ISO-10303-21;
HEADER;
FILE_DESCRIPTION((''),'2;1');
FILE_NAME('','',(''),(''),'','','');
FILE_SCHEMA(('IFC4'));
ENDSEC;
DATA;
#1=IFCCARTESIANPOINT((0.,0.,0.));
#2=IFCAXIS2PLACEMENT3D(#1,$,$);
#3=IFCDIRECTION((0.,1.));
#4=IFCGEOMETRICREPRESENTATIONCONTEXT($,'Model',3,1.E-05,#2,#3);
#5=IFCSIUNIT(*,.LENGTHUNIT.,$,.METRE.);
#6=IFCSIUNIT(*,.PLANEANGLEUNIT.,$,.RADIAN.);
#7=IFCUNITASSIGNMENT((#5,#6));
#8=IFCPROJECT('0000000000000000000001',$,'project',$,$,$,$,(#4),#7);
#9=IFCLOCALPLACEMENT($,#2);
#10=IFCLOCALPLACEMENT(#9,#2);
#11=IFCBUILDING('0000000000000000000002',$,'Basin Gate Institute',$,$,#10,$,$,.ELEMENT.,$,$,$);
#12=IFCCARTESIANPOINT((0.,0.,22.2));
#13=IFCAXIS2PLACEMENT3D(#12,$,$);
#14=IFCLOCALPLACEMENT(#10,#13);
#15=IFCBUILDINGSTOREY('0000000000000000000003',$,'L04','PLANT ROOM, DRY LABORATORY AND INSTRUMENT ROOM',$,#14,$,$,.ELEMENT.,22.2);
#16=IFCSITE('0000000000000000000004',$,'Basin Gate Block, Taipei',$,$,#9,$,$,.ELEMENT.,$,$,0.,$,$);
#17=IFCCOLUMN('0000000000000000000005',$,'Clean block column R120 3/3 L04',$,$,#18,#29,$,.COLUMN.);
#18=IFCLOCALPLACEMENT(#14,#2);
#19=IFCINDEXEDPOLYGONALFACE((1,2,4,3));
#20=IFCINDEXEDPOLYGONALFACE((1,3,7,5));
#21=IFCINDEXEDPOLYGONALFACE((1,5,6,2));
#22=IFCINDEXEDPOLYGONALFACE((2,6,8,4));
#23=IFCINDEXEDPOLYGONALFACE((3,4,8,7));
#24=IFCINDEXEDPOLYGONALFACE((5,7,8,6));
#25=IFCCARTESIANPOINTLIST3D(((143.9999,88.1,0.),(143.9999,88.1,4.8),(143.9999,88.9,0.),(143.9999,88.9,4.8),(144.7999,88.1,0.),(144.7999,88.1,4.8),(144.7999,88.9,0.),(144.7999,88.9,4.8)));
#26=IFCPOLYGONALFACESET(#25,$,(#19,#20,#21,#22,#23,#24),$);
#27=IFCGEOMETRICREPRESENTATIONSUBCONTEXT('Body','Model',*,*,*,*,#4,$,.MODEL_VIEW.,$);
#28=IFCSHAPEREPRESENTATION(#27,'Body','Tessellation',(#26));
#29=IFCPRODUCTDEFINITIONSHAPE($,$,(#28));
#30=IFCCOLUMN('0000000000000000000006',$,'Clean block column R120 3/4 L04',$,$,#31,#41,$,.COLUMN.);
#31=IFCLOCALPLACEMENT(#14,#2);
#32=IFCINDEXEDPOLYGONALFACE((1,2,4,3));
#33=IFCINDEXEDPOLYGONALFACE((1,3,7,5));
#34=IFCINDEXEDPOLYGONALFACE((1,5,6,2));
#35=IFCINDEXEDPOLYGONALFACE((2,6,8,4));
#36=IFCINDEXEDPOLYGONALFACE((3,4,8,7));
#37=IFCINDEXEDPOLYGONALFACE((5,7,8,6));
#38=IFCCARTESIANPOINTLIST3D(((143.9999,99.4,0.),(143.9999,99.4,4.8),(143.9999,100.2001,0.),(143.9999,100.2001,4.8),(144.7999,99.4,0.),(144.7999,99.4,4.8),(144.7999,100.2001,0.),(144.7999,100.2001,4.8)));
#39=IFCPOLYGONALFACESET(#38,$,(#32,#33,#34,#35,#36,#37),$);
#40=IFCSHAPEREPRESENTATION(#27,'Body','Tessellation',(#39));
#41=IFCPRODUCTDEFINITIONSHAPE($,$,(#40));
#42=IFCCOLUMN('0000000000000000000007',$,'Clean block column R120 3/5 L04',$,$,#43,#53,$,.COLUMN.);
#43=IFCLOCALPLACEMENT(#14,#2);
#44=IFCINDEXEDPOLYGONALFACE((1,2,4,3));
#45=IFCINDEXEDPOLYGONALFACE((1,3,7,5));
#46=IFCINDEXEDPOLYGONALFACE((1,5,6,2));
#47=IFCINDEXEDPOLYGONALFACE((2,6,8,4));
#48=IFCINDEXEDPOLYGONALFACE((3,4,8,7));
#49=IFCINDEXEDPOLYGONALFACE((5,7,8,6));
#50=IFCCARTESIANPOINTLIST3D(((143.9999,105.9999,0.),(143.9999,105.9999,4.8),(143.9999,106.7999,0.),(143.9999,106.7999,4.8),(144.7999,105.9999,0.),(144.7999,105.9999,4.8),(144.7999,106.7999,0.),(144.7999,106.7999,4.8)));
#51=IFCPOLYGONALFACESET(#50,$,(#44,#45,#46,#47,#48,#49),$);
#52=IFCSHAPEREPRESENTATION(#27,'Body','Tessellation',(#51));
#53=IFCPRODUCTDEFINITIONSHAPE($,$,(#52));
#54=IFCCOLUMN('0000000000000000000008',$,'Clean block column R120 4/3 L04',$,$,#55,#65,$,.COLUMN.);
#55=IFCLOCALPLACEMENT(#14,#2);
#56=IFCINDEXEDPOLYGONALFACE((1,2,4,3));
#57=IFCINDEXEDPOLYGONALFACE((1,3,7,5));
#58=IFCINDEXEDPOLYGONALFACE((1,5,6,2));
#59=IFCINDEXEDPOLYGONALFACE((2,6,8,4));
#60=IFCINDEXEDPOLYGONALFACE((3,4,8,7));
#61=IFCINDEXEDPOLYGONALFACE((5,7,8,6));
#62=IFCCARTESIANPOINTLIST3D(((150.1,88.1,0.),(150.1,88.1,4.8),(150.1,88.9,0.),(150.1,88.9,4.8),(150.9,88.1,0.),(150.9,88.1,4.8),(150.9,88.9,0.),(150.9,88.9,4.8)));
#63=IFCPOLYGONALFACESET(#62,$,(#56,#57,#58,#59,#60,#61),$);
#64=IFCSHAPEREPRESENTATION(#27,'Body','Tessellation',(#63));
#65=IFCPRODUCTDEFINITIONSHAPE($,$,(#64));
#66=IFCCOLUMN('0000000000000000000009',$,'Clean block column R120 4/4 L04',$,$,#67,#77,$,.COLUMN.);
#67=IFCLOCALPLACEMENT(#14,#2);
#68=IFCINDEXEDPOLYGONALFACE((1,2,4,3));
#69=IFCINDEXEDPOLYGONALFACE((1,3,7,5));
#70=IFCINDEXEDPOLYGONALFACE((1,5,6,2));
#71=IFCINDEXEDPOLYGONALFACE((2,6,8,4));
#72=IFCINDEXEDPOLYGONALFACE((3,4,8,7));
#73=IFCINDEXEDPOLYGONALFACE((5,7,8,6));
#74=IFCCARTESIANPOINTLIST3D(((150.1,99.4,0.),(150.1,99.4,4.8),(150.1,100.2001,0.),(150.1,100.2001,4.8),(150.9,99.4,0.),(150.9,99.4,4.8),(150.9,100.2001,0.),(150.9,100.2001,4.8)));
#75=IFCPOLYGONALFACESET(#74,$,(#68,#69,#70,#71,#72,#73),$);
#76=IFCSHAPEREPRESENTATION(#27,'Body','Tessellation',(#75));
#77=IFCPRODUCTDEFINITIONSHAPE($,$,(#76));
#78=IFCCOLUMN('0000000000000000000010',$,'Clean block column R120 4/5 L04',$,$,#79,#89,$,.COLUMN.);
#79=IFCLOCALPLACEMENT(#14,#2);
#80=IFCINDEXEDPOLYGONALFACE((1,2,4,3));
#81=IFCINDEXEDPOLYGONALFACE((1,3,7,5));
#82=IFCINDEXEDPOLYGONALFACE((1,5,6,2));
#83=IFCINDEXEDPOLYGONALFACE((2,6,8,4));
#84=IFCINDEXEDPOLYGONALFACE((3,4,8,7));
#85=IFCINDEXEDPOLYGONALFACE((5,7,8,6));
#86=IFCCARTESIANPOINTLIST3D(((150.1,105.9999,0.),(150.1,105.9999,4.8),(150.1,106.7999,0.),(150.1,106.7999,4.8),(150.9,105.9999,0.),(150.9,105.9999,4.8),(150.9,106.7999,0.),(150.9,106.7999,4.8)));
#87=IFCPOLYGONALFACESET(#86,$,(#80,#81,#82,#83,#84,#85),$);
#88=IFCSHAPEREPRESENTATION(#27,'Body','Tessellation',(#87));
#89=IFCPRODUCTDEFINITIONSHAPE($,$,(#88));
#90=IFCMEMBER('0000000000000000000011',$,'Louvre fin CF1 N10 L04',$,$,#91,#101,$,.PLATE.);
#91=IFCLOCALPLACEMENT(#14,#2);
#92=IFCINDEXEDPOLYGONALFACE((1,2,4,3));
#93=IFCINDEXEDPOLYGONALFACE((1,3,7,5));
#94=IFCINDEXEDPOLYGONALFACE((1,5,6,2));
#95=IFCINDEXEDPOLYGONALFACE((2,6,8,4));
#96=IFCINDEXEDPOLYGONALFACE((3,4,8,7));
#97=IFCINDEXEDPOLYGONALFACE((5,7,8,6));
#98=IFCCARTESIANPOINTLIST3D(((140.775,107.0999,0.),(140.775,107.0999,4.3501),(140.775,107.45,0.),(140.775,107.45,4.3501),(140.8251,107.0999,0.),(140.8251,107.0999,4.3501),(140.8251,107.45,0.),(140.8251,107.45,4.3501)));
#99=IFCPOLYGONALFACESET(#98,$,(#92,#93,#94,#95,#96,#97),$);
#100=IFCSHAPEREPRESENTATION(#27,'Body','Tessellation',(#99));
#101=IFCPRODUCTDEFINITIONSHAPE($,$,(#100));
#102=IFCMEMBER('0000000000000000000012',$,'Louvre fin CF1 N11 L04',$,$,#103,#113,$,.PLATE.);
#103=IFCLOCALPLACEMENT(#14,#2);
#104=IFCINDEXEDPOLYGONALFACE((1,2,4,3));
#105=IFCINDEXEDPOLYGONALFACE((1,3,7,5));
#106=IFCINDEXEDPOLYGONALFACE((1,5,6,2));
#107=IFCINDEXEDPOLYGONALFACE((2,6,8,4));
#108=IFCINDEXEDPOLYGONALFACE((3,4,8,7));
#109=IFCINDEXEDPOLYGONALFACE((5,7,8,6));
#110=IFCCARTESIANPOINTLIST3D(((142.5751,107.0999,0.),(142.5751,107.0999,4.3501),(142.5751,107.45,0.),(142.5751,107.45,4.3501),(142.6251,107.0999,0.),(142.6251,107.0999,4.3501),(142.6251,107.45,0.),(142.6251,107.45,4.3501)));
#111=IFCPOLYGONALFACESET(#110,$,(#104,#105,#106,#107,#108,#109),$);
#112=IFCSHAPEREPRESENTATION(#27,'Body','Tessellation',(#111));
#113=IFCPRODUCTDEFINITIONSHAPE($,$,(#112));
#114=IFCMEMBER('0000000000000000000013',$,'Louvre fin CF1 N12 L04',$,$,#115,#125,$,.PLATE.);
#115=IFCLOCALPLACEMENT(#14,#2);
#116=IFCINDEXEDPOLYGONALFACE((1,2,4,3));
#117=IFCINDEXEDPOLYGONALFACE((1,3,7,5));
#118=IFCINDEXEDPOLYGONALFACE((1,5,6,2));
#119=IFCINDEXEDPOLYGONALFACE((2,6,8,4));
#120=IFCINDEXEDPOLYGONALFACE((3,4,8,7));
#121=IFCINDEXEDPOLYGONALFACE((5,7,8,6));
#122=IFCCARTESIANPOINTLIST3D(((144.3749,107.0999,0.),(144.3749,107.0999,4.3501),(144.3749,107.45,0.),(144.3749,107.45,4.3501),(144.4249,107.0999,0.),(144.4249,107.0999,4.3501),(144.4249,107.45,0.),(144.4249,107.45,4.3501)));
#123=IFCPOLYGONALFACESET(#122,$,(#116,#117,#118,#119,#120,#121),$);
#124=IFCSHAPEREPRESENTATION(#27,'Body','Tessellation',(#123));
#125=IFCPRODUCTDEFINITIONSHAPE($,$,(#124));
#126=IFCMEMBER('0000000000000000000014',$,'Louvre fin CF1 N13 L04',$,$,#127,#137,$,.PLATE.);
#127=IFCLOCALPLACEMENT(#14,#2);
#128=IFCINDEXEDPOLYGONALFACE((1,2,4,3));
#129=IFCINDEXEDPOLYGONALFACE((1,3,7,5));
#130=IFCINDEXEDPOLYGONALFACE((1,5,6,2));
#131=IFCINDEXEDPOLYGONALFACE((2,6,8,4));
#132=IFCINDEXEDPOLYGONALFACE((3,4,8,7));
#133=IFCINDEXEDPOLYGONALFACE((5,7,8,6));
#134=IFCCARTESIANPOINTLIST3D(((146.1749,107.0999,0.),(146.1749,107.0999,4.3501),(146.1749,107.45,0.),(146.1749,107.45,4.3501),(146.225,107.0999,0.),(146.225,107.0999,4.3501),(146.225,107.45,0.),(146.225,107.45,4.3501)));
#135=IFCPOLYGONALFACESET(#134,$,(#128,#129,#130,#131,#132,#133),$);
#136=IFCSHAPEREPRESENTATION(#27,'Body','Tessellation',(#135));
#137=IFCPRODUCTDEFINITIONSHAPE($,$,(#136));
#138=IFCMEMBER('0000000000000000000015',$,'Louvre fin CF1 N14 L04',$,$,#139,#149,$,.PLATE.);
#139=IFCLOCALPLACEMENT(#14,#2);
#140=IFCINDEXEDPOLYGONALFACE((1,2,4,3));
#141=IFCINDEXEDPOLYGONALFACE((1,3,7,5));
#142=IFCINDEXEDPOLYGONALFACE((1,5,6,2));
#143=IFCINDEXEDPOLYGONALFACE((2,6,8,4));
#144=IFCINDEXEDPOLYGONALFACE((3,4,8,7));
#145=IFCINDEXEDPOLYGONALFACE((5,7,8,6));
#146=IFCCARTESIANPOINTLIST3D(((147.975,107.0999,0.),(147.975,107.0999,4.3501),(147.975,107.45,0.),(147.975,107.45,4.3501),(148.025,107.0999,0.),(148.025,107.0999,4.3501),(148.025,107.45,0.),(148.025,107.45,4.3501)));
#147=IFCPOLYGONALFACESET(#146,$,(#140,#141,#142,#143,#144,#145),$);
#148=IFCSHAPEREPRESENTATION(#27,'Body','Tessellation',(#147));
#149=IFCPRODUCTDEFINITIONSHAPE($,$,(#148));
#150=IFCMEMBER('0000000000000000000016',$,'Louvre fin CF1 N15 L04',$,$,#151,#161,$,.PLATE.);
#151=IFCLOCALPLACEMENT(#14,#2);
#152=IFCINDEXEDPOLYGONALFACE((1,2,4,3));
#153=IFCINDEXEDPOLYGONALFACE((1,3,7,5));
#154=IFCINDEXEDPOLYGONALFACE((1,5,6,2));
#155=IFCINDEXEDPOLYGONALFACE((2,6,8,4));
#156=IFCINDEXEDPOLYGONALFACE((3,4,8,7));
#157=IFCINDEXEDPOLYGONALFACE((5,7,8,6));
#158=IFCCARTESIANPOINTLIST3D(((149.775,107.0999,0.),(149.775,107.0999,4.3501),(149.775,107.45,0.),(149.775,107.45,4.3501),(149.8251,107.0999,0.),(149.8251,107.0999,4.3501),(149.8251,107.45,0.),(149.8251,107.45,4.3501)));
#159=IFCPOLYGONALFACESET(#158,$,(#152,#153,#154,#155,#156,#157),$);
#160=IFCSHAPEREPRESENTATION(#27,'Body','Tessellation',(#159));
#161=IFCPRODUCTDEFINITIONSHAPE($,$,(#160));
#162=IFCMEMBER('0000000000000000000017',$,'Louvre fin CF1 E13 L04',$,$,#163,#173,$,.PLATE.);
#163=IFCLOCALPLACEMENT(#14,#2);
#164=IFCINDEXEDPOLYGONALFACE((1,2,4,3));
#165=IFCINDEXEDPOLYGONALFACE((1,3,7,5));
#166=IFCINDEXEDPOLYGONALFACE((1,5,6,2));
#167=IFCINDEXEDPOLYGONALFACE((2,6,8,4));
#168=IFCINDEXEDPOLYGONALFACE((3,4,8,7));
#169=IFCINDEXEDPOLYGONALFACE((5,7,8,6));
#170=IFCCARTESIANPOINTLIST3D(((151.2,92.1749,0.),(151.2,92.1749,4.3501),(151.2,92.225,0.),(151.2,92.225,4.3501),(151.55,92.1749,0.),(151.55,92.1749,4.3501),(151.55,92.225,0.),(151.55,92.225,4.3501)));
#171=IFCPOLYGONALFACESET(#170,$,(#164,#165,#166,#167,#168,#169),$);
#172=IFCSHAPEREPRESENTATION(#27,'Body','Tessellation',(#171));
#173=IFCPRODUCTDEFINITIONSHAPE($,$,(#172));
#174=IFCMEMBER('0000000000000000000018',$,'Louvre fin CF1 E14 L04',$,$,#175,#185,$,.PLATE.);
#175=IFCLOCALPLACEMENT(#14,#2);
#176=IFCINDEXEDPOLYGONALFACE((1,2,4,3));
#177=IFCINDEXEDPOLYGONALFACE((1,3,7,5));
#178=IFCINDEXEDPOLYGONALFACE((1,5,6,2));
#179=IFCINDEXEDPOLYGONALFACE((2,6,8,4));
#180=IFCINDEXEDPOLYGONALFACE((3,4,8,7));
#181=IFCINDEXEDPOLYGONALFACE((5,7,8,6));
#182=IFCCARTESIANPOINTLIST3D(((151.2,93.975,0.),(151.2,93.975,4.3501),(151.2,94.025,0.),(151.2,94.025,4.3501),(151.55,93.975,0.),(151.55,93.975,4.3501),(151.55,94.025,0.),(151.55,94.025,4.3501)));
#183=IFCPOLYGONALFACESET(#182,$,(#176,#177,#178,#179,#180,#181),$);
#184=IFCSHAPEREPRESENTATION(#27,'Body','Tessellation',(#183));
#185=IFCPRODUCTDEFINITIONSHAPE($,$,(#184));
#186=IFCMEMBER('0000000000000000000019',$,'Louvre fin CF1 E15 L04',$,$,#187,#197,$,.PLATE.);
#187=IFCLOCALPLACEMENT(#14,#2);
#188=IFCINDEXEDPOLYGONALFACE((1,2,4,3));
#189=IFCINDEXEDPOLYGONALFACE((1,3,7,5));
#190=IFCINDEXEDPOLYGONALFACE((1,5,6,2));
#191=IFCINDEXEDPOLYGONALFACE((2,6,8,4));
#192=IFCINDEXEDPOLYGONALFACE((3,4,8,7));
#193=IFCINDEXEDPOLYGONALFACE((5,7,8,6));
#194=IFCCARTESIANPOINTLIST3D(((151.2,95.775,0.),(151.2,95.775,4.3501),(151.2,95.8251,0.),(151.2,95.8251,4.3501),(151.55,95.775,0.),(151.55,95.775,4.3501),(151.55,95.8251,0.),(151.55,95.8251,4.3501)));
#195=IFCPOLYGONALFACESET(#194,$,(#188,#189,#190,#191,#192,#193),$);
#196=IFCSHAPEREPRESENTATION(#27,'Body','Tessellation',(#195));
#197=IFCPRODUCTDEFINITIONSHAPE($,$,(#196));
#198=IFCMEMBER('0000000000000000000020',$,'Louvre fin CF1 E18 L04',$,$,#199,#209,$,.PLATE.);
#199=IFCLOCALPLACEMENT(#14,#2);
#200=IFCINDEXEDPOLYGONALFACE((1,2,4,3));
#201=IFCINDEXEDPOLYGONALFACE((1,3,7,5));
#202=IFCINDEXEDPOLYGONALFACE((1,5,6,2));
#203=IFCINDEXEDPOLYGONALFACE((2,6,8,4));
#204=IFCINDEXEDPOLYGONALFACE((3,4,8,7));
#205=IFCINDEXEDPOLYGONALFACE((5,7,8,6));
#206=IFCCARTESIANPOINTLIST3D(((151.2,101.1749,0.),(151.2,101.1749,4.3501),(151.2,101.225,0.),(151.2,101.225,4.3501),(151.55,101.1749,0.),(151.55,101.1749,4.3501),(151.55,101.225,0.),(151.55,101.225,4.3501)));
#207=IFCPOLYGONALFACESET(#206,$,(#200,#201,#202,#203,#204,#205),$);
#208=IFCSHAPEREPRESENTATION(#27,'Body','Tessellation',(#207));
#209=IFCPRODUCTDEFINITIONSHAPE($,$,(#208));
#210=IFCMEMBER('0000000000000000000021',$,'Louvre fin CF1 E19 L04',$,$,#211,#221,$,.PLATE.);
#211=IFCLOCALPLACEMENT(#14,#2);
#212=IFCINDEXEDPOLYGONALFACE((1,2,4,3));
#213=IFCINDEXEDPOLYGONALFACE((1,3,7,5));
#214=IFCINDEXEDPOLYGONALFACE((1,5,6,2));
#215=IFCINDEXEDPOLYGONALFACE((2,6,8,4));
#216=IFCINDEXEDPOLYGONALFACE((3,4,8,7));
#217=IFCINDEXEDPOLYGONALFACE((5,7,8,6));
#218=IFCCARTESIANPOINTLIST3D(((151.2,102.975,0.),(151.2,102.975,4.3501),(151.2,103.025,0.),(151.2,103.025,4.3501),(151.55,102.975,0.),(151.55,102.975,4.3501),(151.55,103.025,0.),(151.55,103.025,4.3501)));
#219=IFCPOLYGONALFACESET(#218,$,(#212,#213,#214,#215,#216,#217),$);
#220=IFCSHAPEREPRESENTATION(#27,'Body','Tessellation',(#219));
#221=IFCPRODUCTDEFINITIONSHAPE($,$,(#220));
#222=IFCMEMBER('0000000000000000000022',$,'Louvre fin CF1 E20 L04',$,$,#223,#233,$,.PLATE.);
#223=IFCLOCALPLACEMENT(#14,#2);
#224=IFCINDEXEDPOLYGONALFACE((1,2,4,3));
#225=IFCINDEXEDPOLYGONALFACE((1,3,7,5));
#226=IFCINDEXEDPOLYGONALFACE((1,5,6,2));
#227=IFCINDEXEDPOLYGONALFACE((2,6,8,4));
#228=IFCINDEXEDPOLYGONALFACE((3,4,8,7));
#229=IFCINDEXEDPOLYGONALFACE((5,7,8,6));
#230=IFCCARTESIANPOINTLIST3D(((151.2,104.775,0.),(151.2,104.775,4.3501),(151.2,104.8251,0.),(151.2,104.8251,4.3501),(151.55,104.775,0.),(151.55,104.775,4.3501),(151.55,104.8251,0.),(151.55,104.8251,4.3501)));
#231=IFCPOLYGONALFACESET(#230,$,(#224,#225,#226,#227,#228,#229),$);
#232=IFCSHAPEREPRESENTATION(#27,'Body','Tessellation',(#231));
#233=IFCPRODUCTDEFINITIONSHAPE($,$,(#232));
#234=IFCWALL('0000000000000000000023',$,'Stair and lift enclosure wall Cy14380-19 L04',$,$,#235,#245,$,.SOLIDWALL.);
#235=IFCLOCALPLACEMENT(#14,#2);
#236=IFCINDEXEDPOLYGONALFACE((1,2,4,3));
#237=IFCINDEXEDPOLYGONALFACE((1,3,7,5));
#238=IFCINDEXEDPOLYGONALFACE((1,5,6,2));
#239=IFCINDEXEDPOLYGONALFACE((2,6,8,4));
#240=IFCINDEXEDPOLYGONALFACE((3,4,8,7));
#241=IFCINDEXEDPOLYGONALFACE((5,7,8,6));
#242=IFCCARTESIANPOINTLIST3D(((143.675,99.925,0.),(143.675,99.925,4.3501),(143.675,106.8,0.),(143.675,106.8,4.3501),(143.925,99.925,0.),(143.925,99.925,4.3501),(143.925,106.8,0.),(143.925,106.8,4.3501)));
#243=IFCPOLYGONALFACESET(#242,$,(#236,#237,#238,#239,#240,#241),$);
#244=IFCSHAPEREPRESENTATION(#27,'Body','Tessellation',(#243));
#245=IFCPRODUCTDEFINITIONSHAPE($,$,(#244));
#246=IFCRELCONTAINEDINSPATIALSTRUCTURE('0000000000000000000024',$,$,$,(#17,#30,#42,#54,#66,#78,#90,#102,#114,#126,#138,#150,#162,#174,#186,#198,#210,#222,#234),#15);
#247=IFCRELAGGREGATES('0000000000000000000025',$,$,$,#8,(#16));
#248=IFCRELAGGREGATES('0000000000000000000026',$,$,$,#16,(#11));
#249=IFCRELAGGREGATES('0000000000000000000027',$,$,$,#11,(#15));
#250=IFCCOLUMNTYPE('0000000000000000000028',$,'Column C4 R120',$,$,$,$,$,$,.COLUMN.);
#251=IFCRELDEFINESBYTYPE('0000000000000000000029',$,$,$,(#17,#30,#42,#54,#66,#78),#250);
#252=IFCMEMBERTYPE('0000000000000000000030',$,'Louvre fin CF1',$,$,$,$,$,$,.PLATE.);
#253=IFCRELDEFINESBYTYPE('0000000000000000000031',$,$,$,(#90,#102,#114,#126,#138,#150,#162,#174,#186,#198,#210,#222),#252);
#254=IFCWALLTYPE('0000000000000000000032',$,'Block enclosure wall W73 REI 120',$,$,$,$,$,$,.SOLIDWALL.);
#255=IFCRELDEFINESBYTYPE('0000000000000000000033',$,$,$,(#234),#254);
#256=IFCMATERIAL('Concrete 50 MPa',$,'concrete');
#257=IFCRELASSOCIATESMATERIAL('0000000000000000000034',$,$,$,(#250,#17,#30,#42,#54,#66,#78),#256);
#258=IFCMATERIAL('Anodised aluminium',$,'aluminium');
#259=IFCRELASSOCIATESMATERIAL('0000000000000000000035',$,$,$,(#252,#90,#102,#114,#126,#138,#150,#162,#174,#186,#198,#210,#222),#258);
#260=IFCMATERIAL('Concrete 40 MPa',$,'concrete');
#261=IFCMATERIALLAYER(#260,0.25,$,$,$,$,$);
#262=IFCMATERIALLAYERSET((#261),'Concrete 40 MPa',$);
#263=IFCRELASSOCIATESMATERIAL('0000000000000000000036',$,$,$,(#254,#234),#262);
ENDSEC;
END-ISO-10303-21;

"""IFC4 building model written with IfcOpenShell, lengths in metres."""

from ifc_helpers import new_model, si_unit, direction, frame, frame_2d, origin, origin_2d, place, context, subcontext, project, spatial, rectangle, extrude, material, layer, layer_set, material_profile, profile_set, type_object, element, save


model = new_model("IFC4")

# Units and contexts
model_context = context("Model", 3, precision=1e-05, world=origin(), true_north=direction((0.0, 1.0)))
body_context = subcontext(model_context, "Body", "Model", "MODEL_VIEW")
ifc_project = project(units=[si_unit("LENGTHUNIT", "METRE"), si_unit("PLANEANGLEUNIT", "RADIAN")], contexts=[model_context])

# Site, building, storey
site_placement = place(None, origin())
site = spatial("IfcSite", under=ifc_project, at=site_placement, Name="Basin Gate Block, Taipei", CompositionType="ELEMENT", RefElevation=0.0)
building_placement = place(site_placement, origin())
building = spatial("IfcBuilding", under=site, at=building_placement, Name="Basin Gate Institute", CompositionType="ELEMENT")
storey_placement = place(building_placement, frame((0.0, 0.0, 22.2)))
storey = spatial("IfcBuildingStorey", under=building, at=storey_placement, Name="L04", Description="PLANT ROOM, DRY LABORATORY AND INSTRUMENT ROOM", CompositionType="ELEMENT", Elevation=22.2)

# Columns
ifc_material_1 = material(Name="Concrete 50 MPa", Category="concrete")
ifc_material_profile_1 = material_profile(ifc_material_1, rectangle(XDim=0.8, YDim=0.8, at=origin_2d()), Name="Column C4 800 x 800")
ifc_profile_set_1 = profile_set([ifc_material_profile_1], Name="Concrete 50 MPa")
column_type = type_object("IfcColumnType", Name="Column C4 R120", PredefinedType="COLUMN", material=ifc_profile_set_1)
for number, where, z_axis, x_axis, name in (
    (1, (144.3999, 88.5, 0.0), (0.0, 0.0, 1.0), (1.0, 0.0, 0.0), "Clean block column R120 3/3 L04"),
    (2, (144.3999, 99.8, 0.0), (0.0, 0.0, 1.0), (1.0, 0.0, 0.0), "Clean block column R120 3/4 L04"),
    (3, (144.3999, 106.3999, 0.0), (0.0, 0.0, 1.0), (1.0, 0.0, 0.0), "Clean block column R120 3/5 L04"),
    (4, (150.5, 88.5, 0.0), (0.0, 0.0, 1.0), (1.0, 0.0, 0.0), "Clean block column R120 4/3 L04"),
    (5, (150.5, 99.8, 0.0), (0.0, 0.0, 1.0), (1.0, 0.0, 0.0), "Clean block column R120 4/4 L04"),
    (6, (150.5, 106.3999, 0.0), (0.0, 0.0, 1.0), (1.0, 0.0, 0.0), "Clean block column R120 4/5 L04"),
):
    element("IfcColumn", number, at=place(storey_placement, frame(where, z_axis=z_axis, x_axis=x_axis)), inside=storey, type_object=column_type, material=ifc_profile_set_1, Name=name, PredefinedType="COLUMN", context=body_context, shape_type="SweptSolid", body=[
        extrude(rectangle(XDim=0.8, YDim=0.8, at=origin_2d()), origin(), (0.0, 0.0, 1.0), 4.8),
    ])

# Members
ifc_material_2 = material(Name="Anodised aluminium", Category="aluminium")
ifc_material_profile_2 = material_profile(ifc_material_2, rectangle(XDim=0.05, YDim=0.3501, at=origin_2d()), Name="Louvre fin CF1 50 x 350")
ifc_profile_set_2 = profile_set([ifc_material_profile_2], Name="Anodised aluminium")
member_type = type_object("IfcMemberType", Name="Louvre fin CF1", PredefinedType="PLATE", material=ifc_profile_set_2)
for number, where, z_axis, x_axis, name in (
    (7, (140.8, 107.2749, 0.0), (0.0, 0.0, 1.0), (1.0, 0.0, 0.0), "Louvre fin CF1 N10 L04"),
    (8, (142.6001, 107.2749, 0.0), (0.0, 0.0, 1.0), (1.0, 0.0, 0.0), "Louvre fin CF1 N11 L04"),
    (9, (144.3999, 107.2749, 0.0), (0.0, 0.0, 1.0), (1.0, 0.0, 0.0), "Louvre fin CF1 N12 L04"),
    (10, (146.2, 107.2749, 0.0), (0.0, 0.0, 1.0), (1.0, 0.0, 0.0), "Louvre fin CF1 N13 L04"),
    (11, (148.0, 107.2749, 0.0), (0.0, 0.0, 1.0), (1.0, 0.0, 0.0), "Louvre fin CF1 N14 L04"),
    (12, (149.8, 107.2749, 0.0), (0.0, 0.0, 1.0), (1.0, 0.0, 0.0), "Louvre fin CF1 N15 L04"),
    (13, (151.375, 92.2, 0.0), (0.0, 0.0, 1.0), (0.0, 1.0, 0.0), "Louvre fin CF1 E13 L04"),
    (14, (151.375, 94.0, 0.0), (0.0, 0.0, 1.0), (0.0, 1.0, 0.0), "Louvre fin CF1 E14 L04"),
    (15, (151.375, 95.8, 0.0), (0.0, 0.0, 1.0), (0.0, 1.0, 0.0), "Louvre fin CF1 E15 L04"),
    (16, (151.375, 101.2, 0.0), (0.0, 0.0, 1.0), (0.0, 1.0, 0.0), "Louvre fin CF1 E18 L04"),
    (17, (151.375, 103.0, 0.0), (0.0, 0.0, 1.0), (0.0, 1.0, 0.0), "Louvre fin CF1 E19 L04"),
    (18, (151.375, 104.8, 0.0), (0.0, 0.0, 1.0), (0.0, 1.0, 0.0), "Louvre fin CF1 E20 L04"),
):
    element("IfcMember", number, at=place(storey_placement, frame(where, z_axis=z_axis, x_axis=x_axis)), inside=storey, type_object=member_type, material=ifc_profile_set_2, Name=name, PredefinedType="PLATE", context=body_context, shape_type="SweptSolid", body=[
        extrude(rectangle(XDim=0.05, YDim=0.3501, at=origin_2d()), origin(), (0.0, 0.0, 1.0), 4.3501),
    ])

# Wall
ifc_material_3 = material(Name="Concrete 40 MPa", Category="concrete")
ifc_layer_1 = layer(ifc_material_3, 0.25)
ifc_layer_set_1 = layer_set([ifc_layer_1], Name="Concrete 40 MPa")
wall_type_1 = type_object("IfcWallType", Name="Block enclosure wall W73 REI 120", PredefinedType="SOLIDWALL", material=ifc_layer_set_1)
wall_placement = place(storey_placement, frame((143.8, 99.925, 0.0), z_axis=(0.0, 0.0, 1.0), x_axis=(0.0, 1.0, 0.0)))
element("IfcWall", 19, at=wall_placement, inside=storey, type_object=wall_type_1, material=ifc_layer_set_1, Name="Stair and lift enclosure wall Cy14380-19 L04", PredefinedType="SOLIDWALL", context=body_context, shape_type="SweptSolid", body=[
    extrude(rectangle(XDim=6.875, YDim=0.25, at=frame_2d((3.4375, 0.0))), origin(), (0.0, 0.0, 1.0), 4.3501),
])

save(model, "model.ifc")
